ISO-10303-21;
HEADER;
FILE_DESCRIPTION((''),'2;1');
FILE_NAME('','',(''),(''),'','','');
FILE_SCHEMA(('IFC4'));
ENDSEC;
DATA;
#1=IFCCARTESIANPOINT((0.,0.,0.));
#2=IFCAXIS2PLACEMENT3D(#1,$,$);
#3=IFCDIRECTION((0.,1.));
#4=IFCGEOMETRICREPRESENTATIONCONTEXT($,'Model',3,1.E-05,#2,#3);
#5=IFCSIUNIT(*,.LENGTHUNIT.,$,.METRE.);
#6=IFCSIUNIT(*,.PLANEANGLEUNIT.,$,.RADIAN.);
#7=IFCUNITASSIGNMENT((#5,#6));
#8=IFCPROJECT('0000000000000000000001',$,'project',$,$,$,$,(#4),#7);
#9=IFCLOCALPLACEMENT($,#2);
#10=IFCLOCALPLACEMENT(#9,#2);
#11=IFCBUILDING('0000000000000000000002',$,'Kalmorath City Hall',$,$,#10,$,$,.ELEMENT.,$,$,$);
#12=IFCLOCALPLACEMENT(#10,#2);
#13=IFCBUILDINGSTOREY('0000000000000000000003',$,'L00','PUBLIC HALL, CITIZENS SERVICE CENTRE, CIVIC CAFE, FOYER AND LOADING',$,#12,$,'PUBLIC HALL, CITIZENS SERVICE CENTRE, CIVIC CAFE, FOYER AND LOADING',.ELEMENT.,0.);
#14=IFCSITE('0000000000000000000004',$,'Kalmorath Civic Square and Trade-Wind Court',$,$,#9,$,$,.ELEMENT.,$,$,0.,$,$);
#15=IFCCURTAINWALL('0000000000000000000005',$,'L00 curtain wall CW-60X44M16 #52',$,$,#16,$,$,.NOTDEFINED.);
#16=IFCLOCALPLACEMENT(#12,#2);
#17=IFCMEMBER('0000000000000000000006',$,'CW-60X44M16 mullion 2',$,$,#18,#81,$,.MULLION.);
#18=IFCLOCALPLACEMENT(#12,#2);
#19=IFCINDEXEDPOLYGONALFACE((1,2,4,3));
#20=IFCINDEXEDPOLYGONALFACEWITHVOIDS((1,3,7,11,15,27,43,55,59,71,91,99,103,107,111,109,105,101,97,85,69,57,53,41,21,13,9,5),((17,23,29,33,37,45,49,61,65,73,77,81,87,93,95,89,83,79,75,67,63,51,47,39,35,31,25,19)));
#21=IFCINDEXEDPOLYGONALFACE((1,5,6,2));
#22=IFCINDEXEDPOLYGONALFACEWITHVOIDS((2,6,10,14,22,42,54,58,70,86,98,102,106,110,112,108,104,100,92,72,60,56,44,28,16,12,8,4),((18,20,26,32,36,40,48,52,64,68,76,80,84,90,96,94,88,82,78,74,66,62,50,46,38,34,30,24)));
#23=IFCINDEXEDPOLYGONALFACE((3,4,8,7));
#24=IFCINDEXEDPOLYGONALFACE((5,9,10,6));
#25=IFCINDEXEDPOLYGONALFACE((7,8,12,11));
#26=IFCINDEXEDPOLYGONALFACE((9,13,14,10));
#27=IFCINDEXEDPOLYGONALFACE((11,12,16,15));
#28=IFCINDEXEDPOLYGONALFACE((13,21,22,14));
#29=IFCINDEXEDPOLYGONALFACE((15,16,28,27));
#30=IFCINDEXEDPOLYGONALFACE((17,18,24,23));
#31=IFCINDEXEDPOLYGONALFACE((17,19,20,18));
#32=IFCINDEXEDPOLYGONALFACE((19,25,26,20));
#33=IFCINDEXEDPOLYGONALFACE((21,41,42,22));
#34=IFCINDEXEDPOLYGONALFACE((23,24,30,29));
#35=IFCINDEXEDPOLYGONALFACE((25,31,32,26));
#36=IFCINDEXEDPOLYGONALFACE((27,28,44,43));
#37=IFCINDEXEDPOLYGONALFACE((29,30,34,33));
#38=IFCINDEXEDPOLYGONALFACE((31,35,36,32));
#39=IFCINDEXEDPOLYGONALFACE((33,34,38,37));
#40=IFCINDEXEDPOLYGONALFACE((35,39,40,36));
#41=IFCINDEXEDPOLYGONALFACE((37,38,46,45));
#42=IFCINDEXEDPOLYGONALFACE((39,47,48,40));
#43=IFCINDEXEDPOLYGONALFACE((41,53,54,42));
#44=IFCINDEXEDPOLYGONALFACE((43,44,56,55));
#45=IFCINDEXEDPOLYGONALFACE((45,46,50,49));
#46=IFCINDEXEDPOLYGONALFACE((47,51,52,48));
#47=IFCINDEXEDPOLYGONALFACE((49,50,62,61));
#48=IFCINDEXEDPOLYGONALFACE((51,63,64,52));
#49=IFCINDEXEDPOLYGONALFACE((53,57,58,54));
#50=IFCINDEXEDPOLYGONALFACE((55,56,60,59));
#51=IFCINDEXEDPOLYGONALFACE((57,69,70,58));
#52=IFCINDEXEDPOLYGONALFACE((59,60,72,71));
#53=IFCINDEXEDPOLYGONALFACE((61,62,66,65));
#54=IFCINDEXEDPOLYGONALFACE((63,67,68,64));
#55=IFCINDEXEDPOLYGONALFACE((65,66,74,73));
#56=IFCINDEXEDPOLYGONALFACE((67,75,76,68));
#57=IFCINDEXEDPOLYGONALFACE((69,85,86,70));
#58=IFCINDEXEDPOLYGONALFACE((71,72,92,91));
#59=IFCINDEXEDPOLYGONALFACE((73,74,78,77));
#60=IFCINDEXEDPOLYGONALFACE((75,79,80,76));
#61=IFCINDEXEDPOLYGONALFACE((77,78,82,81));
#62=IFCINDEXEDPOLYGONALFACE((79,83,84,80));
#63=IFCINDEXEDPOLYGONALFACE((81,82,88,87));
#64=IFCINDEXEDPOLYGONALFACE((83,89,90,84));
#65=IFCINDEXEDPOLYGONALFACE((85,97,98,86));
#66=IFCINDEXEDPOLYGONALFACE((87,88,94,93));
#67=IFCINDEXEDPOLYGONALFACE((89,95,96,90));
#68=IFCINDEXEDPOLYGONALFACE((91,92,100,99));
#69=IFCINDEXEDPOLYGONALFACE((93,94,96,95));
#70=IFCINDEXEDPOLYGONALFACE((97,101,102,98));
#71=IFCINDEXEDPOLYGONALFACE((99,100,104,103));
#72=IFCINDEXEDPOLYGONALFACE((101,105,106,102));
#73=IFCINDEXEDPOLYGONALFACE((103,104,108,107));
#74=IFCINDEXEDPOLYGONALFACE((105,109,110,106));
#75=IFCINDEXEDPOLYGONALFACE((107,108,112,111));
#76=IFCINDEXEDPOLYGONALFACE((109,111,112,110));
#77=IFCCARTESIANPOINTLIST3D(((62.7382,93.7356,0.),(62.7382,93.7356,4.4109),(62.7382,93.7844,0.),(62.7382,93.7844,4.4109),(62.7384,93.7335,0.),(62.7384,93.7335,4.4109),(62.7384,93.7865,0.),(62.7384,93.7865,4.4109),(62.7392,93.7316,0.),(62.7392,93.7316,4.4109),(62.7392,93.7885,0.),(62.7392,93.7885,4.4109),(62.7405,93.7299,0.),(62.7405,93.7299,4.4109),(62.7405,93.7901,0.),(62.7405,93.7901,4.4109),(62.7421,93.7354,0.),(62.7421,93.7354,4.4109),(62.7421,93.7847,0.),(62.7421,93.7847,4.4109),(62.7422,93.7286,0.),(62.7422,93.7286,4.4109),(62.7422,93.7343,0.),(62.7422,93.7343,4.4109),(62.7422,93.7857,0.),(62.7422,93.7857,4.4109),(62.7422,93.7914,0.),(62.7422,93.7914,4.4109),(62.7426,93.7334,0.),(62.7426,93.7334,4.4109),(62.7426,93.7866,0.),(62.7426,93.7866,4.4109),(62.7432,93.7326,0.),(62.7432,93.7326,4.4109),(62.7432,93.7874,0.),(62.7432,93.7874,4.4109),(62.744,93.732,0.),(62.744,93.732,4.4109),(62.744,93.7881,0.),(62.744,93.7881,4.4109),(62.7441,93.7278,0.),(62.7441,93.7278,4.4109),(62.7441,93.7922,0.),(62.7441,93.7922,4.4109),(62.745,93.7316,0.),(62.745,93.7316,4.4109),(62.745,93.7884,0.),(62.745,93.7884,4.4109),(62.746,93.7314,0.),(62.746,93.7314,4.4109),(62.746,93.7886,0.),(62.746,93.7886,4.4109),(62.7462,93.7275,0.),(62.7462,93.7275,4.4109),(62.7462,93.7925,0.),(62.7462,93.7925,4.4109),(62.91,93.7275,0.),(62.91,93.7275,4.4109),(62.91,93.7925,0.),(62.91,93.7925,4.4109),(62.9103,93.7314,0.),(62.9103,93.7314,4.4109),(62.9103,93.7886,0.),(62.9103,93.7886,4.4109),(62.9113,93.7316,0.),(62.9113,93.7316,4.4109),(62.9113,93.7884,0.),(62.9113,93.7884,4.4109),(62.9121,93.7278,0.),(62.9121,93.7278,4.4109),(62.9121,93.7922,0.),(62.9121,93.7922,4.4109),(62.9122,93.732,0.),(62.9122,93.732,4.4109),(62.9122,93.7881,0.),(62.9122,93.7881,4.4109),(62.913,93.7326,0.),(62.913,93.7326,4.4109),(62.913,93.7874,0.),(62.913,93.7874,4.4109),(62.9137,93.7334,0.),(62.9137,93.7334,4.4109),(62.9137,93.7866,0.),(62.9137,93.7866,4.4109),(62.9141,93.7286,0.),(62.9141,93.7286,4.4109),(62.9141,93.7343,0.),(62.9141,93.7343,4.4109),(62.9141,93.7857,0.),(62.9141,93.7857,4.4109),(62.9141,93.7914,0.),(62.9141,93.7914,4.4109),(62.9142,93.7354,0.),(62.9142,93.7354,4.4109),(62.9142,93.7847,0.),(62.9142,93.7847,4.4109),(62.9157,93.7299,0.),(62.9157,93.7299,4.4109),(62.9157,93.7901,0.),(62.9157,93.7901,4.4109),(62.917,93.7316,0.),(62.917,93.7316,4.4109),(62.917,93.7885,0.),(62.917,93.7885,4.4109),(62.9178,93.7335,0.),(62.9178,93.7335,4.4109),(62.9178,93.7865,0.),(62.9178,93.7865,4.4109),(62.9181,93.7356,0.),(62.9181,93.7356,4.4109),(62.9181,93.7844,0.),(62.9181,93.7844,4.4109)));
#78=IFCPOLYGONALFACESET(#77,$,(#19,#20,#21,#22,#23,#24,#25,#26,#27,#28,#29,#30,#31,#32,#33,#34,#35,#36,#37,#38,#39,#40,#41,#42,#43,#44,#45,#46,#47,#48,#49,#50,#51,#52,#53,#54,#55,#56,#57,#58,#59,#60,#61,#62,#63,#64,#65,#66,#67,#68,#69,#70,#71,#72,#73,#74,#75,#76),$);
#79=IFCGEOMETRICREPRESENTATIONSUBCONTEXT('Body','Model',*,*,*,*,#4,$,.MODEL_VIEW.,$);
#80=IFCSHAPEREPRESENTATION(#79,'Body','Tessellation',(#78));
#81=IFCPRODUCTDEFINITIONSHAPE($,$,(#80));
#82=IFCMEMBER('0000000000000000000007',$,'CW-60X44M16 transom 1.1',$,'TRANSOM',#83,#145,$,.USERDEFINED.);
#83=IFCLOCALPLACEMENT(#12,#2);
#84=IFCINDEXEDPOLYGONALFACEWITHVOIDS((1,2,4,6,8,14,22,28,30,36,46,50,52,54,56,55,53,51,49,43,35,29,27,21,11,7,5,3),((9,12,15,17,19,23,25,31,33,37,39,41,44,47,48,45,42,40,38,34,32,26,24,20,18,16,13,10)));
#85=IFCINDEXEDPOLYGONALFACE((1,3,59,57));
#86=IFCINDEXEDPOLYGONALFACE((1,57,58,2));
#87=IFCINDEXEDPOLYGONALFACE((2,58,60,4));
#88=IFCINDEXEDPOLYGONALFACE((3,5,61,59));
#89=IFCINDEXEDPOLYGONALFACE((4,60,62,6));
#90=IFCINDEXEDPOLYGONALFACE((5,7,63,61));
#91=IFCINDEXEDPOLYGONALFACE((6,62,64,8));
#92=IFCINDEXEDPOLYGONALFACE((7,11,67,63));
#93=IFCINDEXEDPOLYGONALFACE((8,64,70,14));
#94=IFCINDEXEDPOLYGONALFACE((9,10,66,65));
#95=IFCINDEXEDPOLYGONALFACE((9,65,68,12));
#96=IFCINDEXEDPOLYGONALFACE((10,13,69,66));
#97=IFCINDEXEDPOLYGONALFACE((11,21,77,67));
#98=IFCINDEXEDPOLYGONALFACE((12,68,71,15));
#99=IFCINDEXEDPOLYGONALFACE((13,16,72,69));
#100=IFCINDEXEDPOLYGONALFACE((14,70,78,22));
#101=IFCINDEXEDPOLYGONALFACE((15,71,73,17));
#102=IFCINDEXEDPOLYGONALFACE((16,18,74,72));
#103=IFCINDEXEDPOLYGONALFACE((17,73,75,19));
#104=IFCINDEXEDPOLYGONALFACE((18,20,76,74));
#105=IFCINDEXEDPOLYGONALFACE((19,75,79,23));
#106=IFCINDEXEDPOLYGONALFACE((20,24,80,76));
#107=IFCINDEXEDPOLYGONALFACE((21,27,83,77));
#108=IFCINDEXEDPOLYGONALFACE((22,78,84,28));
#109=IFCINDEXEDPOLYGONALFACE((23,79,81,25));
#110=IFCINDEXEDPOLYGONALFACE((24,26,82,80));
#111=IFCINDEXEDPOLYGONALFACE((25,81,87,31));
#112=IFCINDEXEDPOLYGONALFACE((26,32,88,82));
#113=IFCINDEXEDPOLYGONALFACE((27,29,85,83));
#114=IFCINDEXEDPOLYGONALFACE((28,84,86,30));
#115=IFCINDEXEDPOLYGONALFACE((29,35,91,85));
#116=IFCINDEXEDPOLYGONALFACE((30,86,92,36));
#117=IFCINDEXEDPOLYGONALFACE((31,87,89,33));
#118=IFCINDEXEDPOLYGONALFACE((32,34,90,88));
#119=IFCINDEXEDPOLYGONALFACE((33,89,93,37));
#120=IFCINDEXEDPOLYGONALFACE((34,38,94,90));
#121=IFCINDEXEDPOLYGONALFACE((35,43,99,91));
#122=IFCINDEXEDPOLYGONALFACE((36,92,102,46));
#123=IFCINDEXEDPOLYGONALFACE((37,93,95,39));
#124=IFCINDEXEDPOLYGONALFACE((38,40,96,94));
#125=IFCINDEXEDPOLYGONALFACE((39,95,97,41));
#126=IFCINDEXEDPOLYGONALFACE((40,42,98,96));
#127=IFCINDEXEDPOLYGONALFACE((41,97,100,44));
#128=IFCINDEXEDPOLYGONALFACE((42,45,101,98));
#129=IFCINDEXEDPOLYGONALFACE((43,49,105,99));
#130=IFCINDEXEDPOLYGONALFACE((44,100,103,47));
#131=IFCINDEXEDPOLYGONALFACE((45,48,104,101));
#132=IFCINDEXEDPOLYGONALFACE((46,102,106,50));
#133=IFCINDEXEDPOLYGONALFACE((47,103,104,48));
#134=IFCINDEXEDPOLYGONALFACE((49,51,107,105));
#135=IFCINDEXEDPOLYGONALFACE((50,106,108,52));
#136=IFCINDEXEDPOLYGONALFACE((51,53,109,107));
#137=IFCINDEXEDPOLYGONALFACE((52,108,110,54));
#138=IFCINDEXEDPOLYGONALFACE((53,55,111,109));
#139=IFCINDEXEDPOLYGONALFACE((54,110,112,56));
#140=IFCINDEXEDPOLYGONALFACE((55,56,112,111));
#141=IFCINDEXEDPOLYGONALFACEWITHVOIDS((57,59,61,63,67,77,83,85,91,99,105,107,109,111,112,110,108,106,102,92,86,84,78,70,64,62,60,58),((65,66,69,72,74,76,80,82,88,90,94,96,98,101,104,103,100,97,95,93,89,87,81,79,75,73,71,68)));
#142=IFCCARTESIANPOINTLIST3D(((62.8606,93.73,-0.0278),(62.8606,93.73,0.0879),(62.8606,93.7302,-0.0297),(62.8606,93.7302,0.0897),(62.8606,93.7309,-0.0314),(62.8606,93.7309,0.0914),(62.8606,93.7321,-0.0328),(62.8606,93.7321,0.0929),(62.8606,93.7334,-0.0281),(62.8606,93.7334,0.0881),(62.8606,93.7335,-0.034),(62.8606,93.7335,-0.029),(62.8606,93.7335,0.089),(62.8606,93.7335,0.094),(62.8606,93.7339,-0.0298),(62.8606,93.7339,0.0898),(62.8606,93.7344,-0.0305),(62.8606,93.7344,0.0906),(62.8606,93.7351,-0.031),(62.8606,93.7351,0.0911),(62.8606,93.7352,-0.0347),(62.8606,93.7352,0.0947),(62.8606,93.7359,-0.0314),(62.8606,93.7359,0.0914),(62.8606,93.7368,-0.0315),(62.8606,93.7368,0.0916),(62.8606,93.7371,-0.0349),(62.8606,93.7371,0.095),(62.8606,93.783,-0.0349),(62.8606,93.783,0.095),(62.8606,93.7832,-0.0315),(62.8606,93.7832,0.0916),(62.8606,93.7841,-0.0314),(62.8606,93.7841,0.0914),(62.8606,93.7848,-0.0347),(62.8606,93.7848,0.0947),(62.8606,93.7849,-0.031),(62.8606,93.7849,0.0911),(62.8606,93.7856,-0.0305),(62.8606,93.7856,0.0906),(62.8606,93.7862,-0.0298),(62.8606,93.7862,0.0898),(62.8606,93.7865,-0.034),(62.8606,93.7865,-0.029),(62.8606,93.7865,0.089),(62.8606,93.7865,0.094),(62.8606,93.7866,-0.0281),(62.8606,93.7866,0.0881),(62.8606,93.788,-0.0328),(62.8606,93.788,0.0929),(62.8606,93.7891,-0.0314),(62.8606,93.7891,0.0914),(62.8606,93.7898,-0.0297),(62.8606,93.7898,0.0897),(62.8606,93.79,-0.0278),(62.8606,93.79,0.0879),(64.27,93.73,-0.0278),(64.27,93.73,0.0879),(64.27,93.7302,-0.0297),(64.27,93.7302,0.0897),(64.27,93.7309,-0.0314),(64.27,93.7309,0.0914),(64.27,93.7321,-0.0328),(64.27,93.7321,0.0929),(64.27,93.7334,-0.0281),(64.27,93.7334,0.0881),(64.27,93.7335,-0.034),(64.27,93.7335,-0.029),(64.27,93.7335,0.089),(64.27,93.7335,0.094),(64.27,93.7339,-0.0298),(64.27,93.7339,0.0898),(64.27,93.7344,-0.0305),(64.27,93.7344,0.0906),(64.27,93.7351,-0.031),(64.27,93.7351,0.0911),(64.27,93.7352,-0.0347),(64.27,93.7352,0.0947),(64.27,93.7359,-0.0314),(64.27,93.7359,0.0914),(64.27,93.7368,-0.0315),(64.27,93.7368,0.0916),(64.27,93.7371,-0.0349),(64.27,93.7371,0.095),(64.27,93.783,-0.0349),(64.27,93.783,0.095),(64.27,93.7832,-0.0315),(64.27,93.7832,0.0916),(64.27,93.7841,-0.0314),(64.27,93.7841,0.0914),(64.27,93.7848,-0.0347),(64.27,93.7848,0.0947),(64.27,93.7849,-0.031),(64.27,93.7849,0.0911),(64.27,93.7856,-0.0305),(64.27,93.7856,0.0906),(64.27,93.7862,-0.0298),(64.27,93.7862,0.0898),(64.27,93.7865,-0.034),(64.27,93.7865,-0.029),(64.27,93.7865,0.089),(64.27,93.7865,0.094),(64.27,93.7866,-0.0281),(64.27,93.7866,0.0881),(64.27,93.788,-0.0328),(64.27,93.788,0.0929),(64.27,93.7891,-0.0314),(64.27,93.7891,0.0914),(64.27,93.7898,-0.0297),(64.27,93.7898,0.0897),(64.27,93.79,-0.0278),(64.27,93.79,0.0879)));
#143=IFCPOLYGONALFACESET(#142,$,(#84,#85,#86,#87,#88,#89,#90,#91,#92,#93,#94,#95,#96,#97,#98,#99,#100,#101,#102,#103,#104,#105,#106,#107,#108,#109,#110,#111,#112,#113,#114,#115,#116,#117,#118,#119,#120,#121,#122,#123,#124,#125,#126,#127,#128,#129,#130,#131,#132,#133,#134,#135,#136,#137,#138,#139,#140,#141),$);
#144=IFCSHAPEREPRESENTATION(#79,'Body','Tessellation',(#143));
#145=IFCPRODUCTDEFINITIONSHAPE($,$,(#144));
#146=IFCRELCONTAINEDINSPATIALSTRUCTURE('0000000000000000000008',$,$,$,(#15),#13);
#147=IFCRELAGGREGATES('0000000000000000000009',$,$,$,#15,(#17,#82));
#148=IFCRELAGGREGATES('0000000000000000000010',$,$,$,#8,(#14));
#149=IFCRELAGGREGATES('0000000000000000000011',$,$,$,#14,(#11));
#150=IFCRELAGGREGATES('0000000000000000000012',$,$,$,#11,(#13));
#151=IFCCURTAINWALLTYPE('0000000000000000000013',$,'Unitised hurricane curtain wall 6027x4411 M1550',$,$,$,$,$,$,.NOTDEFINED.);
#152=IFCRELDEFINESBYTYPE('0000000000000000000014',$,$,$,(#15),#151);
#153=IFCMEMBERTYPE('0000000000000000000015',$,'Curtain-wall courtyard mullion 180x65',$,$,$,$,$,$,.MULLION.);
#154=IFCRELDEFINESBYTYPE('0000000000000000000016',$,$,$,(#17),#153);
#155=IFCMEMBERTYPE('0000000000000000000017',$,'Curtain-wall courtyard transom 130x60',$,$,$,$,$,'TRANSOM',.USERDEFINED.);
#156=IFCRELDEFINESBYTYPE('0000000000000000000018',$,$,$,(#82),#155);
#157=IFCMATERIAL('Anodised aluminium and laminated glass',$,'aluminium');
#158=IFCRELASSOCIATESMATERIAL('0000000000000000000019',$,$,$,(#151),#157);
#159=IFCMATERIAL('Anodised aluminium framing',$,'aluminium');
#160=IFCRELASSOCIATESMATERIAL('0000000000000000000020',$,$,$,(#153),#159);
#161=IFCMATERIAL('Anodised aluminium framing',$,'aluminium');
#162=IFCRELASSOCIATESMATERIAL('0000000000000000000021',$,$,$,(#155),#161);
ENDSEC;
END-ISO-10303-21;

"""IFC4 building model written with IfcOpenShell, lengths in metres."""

from ifc_helpers import new_model, si_unit, direction, frame, origin, origin_2d, place, context, subcontext, project, spatial, hollow_rectangle, extrude, material, material_profile, profile_set, type_object, element, aggregate, save


model = new_model("IFC4")

# Units and contexts
model_context = context("Model", 3, precision=1e-05, world=origin(), true_north=direction((0.0, 1.0)))
body_context = subcontext(model_context, "Body", "Model", "MODEL_VIEW")
ifc_project = project(units=[si_unit("LENGTHUNIT", "METRE"), si_unit("PLANEANGLEUNIT", "RADIAN")], contexts=[model_context])

# Site, building, storey
site_placement = place(None, origin())
site = spatial("IfcSite", under=ifc_project, at=site_placement, Name="Kalmorath Civic Square and Trade-Wind Court", CompositionType="ELEMENT", RefElevation=0.0)
building_placement = place(site_placement, origin())
building = spatial("IfcBuilding", under=site, at=building_placement, Name="Kalmorath City Hall", CompositionType="ELEMENT")
storey_placement = place(building_placement, origin())
storey = spatial("IfcBuildingStorey", under=building, at=storey_placement, Name="L00", Description="PUBLIC HALL, CITIZENS SERVICE CENTRE, CIVIC CAFE, FOYER AND LOADING", LongName="PUBLIC HALL, CITIZENS SERVICE CENTRE, CIVIC CAFE, FOYER AND LOADING", CompositionType="ELEMENT", Elevation=0.0)

# Curtain wall, members
ifc_material_1 = material(Name="Anodised aluminium and laminated glass", Category="aluminium")
curtain_wall_type = type_object("IfcCurtainWallType", Name="Unitised hurricane curtain wall 6027x4411 M1550", PredefinedType="NOTDEFINED", material=ifc_material_1)
curtain_wall_placement = place(storey_placement, origin())
curtain_wall = element("IfcCurtainWall", 1, at=curtain_wall_placement, inside=storey, type_object=curtain_wall_type, Name="L00 curtain wall CW-60X44M16 #52", PredefinedType="NOTDEFINED")
ifc_material_2 = material(Name="Anodised aluminium framing", Category="aluminium")
ifc_material_profile_1 = material_profile(ifc_material_2, hollow_rectangle(XDim=0.0649, YDim=0.1799, WallThickness=0.0039, InnerFilletRadius=0.0039, OuterFilletRadius=0.0081, at=origin_2d()), Name="ALU-MUL-180X65X4")
ifc_profile_set_1 = profile_set([ifc_material_profile_1], Name="Anodised aluminium framing")
member_type_1 = type_object("IfcMemberType", Name="Curtain-wall courtyard mullion 180x65", PredefinedType="MULLION", material=ifc_profile_set_1)
member_1_placement = place(storey_placement, frame((62.8281, 93.76, 0.0), z_axis=(0.0, 0.0, 1.0), x_axis=(0.0, -1.0, 0.0)))
member_1 = element("IfcMember", 2, at=member_1_placement, type_object=member_type_1, Name="CW-60X44M16 mullion 2", PredefinedType="MULLION", context=body_context, shape_type="SweptSolid", body=[
    extrude(hollow_rectangle(XDim=0.0649, YDim=0.1799, WallThickness=0.0039, InnerFilletRadius=0.0039, OuterFilletRadius=0.0081, at=origin_2d()), origin(), (0.0, 0.0, 1.0), 4.4109),
])
ifc_material_3 = material(Name="Anodised aluminium framing", Category="aluminium")
ifc_material_profile_2 = material_profile(ifc_material_3, hollow_rectangle(XDim=0.0601, YDim=0.1299, WallThickness=0.0034, InnerFilletRadius=0.0034, OuterFilletRadius=0.0071, at=origin_2d()), Name="ALU-TRN-130X60X3.5")
ifc_profile_set_2 = profile_set([ifc_material_profile_2], Name="Anodised aluminium framing")
member_type_2 = type_object("IfcMemberType", Name="Curtain-wall courtyard transom 130x60", ElementType="TRANSOM", PredefinedType="USERDEFINED", material=ifc_profile_set_2)
member_2_placement = place(storey_placement, frame((64.27, 93.76, 0.03), z_axis=(-1.0, 0.0, 0.0), x_axis=(0.0, -1.0, 0.0)))
member_2 = element("IfcMember", 3, at=member_2_placement, type_object=member_type_2, Name="CW-60X44M16 transom 1.1", ObjectType="TRANSOM", PredefinedType="USERDEFINED", context=body_context, shape_type="SweptSolid", body=[
    extrude(hollow_rectangle(XDim=0.0601, YDim=0.1299, WallThickness=0.0034, InnerFilletRadius=0.0034, OuterFilletRadius=0.0071, at=origin_2d()), origin(), (0.0, 0.0, 1.0), 1.4094),
])
aggregate(curtain_wall, [member_1, member_2])

save(model, "model.ifc")
